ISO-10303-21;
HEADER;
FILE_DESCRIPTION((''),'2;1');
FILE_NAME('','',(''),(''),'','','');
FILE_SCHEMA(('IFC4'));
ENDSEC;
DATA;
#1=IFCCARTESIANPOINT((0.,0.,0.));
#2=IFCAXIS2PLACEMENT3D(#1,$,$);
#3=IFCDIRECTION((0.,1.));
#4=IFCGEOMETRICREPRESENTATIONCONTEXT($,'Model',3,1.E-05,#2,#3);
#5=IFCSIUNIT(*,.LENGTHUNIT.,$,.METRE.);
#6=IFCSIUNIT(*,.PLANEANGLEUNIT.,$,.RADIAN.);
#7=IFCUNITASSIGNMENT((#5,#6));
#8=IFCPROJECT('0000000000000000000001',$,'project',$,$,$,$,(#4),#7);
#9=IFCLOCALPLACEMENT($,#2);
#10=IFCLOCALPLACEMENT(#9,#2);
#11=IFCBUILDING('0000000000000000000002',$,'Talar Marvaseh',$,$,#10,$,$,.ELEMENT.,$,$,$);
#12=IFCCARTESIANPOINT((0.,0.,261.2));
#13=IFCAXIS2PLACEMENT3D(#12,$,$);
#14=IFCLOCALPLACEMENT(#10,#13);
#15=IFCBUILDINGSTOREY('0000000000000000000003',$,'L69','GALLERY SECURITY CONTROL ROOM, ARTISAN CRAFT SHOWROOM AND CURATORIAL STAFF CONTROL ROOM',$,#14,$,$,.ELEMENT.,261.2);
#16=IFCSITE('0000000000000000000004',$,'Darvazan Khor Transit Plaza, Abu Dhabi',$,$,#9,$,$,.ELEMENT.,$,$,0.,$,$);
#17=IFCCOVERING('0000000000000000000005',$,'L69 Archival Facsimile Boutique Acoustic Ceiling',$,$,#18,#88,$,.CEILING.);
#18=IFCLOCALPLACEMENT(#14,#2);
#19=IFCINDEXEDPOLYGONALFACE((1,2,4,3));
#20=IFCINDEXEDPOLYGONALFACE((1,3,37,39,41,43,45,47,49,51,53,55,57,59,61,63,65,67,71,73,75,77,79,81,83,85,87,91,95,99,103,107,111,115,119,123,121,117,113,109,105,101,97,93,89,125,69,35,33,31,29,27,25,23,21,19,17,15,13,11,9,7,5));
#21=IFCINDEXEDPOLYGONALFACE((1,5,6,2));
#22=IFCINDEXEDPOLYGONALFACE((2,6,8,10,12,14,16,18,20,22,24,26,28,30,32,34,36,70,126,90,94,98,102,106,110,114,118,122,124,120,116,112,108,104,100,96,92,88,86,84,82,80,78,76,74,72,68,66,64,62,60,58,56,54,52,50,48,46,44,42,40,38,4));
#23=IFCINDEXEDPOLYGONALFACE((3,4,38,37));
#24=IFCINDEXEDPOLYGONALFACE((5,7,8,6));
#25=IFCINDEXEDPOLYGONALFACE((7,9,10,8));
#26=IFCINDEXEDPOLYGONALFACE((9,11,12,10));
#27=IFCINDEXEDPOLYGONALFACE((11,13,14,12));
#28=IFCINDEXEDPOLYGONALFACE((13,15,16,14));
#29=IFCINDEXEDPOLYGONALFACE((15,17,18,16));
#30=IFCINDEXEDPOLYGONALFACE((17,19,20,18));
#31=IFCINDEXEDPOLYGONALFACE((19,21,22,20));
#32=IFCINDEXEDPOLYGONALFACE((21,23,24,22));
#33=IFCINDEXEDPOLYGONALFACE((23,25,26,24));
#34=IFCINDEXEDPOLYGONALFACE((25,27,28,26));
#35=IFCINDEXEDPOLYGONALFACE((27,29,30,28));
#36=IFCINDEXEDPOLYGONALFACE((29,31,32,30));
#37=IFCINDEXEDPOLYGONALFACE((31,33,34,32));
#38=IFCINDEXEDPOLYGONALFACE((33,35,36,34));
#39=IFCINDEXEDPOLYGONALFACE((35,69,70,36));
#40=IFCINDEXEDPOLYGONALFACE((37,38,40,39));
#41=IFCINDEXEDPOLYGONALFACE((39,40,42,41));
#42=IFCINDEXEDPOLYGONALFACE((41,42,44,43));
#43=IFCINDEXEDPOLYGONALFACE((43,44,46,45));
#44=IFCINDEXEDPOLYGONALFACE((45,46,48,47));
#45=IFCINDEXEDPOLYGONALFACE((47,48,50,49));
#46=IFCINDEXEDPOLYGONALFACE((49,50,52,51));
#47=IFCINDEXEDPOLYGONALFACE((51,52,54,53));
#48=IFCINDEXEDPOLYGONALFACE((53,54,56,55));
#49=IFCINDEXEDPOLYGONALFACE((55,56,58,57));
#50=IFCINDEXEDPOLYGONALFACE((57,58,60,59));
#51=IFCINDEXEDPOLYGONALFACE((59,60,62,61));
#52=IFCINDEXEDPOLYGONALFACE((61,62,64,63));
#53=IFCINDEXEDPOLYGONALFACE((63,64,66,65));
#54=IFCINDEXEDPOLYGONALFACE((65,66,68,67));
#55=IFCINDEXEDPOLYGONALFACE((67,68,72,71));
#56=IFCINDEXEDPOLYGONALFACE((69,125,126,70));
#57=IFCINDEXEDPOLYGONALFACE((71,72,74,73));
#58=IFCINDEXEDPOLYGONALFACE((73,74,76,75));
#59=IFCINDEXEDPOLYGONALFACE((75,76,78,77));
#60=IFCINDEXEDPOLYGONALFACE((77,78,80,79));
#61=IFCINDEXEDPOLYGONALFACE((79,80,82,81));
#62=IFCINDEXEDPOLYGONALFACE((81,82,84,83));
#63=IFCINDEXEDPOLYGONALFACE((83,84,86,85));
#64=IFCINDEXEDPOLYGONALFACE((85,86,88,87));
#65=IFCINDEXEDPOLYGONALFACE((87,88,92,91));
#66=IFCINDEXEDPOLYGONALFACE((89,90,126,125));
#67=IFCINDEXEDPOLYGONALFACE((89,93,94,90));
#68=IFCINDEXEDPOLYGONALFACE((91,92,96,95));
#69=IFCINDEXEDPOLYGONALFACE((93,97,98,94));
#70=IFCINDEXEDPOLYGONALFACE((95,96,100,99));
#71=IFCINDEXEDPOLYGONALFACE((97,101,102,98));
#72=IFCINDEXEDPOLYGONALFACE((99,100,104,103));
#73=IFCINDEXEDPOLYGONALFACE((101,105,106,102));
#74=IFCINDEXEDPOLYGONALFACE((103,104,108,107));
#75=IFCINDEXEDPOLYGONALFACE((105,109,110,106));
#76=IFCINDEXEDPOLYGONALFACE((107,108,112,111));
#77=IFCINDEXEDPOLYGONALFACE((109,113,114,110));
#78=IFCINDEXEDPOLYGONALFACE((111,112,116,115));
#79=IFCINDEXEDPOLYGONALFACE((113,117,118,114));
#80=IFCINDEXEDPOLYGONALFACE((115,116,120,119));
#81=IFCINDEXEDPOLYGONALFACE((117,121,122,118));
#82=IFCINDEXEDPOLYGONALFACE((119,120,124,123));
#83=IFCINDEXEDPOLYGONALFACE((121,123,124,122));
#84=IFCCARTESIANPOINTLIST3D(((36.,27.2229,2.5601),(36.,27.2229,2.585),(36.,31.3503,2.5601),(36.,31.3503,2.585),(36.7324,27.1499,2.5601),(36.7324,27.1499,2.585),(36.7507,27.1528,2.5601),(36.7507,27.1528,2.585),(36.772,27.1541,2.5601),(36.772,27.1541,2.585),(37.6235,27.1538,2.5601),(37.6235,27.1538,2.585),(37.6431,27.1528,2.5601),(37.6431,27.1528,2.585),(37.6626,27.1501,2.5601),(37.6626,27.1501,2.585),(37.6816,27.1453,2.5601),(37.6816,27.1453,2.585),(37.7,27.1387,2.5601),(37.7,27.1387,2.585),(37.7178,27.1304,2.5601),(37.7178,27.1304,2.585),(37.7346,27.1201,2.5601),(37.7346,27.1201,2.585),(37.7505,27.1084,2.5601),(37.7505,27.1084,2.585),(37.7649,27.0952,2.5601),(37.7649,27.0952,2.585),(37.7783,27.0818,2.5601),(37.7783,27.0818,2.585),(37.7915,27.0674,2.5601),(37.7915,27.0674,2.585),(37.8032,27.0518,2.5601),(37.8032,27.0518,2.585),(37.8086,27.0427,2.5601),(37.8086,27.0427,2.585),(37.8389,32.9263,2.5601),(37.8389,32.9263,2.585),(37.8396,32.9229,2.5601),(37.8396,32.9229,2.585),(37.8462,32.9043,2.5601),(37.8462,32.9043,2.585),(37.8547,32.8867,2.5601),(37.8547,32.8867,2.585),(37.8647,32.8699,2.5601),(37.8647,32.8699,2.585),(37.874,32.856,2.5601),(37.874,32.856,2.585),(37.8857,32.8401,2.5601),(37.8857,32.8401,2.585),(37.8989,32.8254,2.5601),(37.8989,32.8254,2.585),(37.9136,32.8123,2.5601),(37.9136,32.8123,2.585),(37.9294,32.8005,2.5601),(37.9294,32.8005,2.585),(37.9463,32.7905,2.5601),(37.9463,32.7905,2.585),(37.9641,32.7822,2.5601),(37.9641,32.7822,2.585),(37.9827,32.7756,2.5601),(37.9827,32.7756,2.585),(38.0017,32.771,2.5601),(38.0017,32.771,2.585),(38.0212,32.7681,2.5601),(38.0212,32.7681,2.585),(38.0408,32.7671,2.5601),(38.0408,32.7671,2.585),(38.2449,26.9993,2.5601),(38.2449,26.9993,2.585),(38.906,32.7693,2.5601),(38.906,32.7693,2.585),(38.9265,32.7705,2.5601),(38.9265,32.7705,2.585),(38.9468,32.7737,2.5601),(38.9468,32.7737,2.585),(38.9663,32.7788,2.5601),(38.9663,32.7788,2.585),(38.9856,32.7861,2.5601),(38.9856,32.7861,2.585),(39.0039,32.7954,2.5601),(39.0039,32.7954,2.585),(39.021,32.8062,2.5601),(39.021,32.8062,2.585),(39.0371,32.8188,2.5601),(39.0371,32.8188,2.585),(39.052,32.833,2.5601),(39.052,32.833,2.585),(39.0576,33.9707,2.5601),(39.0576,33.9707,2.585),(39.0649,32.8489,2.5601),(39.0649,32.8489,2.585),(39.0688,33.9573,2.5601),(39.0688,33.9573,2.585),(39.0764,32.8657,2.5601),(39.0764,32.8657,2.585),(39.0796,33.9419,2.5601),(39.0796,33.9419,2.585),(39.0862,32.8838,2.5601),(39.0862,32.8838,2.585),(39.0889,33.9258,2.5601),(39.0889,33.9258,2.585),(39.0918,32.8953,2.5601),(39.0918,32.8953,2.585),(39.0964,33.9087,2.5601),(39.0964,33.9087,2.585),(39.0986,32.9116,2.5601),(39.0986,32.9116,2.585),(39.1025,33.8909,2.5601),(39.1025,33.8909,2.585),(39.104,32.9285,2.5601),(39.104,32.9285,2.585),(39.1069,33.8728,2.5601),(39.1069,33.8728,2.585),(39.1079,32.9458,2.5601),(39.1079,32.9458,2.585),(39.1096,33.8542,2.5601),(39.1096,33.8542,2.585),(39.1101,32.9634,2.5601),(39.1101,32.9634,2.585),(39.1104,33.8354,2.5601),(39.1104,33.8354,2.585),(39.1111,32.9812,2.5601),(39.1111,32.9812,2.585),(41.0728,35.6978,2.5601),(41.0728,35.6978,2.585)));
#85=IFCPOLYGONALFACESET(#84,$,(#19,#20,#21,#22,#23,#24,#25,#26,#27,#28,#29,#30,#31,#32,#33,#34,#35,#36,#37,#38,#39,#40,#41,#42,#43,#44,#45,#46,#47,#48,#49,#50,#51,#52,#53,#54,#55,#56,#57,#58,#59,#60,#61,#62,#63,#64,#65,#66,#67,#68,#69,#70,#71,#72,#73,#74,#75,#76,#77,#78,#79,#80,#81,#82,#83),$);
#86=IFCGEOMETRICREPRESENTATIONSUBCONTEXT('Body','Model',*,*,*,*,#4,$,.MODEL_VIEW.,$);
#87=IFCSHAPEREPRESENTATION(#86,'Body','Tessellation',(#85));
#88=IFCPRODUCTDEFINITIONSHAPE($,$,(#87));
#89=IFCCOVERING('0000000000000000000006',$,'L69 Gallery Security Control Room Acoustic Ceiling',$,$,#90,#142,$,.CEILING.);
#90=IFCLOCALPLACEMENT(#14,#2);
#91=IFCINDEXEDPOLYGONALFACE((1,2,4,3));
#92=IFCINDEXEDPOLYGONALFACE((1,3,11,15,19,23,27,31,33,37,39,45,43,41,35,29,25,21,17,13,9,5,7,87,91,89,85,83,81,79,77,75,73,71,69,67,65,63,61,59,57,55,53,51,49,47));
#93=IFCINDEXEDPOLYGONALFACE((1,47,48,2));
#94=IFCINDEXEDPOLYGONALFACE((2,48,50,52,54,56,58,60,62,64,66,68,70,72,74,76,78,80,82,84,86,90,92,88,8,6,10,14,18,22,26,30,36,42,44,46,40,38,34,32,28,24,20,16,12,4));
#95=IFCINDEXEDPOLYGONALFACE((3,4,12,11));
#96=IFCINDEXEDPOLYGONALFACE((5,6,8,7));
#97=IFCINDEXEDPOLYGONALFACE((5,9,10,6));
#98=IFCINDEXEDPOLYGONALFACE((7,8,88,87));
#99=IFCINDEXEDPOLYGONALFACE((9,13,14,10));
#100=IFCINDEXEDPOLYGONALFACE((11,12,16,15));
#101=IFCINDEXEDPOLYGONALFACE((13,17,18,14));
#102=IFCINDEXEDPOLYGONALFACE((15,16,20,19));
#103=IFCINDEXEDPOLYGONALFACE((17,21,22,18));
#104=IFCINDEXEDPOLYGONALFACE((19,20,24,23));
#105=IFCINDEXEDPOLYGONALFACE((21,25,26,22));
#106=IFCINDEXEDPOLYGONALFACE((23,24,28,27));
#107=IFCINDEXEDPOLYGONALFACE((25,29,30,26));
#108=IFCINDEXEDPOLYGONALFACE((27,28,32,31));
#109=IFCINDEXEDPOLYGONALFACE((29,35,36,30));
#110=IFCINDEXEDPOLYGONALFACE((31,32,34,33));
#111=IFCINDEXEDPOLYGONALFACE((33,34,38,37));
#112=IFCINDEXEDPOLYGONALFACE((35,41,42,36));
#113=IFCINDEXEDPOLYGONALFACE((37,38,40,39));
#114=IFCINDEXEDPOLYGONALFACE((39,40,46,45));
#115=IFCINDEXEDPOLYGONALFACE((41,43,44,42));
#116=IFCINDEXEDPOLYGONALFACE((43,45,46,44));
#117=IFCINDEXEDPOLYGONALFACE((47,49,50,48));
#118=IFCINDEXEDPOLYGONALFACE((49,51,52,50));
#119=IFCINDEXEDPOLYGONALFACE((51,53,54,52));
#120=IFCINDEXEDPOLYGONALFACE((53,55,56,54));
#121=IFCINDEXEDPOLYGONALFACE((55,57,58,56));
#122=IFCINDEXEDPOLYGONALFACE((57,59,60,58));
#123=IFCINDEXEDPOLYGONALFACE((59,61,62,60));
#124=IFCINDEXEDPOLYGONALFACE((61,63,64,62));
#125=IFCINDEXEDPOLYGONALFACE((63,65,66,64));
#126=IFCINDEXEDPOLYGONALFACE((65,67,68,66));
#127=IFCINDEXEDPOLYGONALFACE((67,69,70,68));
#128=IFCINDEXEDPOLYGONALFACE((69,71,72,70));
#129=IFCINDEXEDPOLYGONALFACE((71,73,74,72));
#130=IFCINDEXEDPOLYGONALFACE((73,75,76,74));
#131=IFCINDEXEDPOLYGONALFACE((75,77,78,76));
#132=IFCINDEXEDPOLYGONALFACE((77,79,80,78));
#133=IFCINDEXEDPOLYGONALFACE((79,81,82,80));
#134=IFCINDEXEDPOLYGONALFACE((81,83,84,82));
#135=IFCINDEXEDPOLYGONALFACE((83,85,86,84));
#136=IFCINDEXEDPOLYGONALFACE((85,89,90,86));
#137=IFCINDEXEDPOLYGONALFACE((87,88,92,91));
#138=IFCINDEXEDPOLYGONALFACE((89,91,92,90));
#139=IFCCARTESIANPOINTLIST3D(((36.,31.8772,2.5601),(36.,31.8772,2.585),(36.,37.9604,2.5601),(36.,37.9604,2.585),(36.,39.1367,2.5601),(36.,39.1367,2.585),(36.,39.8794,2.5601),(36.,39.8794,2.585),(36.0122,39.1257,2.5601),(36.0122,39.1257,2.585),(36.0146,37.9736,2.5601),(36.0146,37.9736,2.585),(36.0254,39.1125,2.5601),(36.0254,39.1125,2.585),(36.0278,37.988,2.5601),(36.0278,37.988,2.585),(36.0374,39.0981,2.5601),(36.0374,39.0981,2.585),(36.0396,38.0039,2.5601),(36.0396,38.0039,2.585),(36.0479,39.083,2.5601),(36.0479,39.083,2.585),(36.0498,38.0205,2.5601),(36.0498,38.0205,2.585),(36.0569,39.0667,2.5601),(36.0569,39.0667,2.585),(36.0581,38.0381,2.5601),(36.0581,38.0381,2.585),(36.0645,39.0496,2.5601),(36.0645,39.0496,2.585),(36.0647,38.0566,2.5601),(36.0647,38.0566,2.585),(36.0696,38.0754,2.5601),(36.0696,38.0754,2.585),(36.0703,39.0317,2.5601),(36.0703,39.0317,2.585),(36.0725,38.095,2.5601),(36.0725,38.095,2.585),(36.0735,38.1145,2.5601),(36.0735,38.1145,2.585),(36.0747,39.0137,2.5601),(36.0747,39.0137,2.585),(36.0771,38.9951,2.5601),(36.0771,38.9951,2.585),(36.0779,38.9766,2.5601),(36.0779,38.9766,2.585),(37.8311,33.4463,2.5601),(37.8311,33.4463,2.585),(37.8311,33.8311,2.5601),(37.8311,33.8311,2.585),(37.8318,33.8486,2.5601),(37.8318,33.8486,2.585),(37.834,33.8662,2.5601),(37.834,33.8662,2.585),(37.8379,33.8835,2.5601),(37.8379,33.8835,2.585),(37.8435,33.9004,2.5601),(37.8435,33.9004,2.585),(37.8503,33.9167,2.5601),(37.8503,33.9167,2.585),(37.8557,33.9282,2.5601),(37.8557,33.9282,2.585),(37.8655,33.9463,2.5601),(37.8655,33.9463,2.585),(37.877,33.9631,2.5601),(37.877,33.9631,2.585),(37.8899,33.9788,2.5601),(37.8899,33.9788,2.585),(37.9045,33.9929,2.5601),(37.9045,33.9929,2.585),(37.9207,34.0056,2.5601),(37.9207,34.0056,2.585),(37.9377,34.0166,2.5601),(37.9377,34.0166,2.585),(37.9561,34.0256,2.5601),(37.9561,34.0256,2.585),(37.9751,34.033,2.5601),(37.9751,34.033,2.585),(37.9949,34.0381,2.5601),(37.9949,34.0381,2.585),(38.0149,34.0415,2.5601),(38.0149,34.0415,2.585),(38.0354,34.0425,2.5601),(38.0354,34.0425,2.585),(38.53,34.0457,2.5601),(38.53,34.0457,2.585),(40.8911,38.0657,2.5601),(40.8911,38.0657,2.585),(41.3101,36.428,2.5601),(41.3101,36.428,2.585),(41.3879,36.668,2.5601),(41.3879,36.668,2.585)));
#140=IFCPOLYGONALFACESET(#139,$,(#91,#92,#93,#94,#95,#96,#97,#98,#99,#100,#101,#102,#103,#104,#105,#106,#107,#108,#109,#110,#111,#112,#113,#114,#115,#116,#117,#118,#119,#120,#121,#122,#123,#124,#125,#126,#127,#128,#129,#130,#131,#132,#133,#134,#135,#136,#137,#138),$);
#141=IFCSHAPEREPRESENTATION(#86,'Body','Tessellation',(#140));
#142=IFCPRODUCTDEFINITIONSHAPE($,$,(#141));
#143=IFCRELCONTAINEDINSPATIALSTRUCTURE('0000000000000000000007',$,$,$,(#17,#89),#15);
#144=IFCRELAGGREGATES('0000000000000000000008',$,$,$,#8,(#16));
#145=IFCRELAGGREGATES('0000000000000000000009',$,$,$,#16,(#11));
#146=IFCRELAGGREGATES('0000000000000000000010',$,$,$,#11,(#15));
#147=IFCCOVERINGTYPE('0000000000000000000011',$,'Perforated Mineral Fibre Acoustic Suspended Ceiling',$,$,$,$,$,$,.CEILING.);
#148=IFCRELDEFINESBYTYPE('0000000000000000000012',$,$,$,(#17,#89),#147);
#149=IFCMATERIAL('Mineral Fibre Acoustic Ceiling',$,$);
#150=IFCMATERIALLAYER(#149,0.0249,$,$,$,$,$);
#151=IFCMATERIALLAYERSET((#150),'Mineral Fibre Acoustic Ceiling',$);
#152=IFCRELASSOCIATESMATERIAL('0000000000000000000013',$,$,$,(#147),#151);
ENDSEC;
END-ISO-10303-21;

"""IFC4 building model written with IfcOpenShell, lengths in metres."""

from ifc_helpers import new_model, si_unit, direction, frame, origin, place, context, subcontext, project, spatial, polyline, outline, extrude, material, layer, layer_set, type_object, element, save


model = new_model("IFC4")

# Units and contexts
model_context = context("Model", 3, precision=1e-05, world=origin(), true_north=direction((0.0, 1.0)))
body_context = subcontext(model_context, "Body", "Model", "MODEL_VIEW")
ifc_project = project(units=[si_unit("LENGTHUNIT", "METRE"), si_unit("PLANEANGLEUNIT", "RADIAN")], contexts=[model_context])

# Site, building, storey
site_placement = place(None, origin())
site = spatial("IfcSite", under=ifc_project, at=site_placement, Name="Darvazan Khor Transit Plaza, Abu Dhabi", CompositionType="ELEMENT", RefElevation=0.0)
building_placement = place(site_placement, origin())
building = spatial("IfcBuilding", under=site, at=building_placement, Name="Talar Marvaseh", CompositionType="ELEMENT")
storey_placement = place(building_placement, frame((0.0, 0.0, 261.2)))
storey = spatial("IfcBuildingStorey", under=building, at=storey_placement, Name="L69", Description="GALLERY SECURITY CONTROL ROOM, ARTISAN CRAFT SHOWROOM AND CURATORIAL STAFF CONTROL ROOM", CompositionType="ELEMENT", Elevation=261.2)

# Coverings
ifc_material_1 = material(Name="Mineral Fibre Acoustic Ceiling")
ifc_layer_1 = layer(ifc_material_1, 0.0249)
ifc_layer_set_1 = layer_set([ifc_layer_1], Name="Mineral Fibre Acoustic Ceiling")
covering_type_1 = type_object("IfcCoveringType", Name="Perforated Mineral Fibre Acoustic Suspended Ceiling", PredefinedType="CEILING", material=ifc_layer_set_1)
covering_1_placement = place(storey_placement, frame((0.0, 0.0, 2.5601)))
element("IfcCovering", 1, at=covering_1_placement, inside=storey, type_object=covering_type_1, Name="L69 Archival Facsimile Boutique Acoustic Ceiling", PredefinedType="CEILING", context=body_context, shape_type="SweptSolid", body=[
    extrude(outline(polyline([(36.0, 31.3503), (37.8389, 32.9263), (37.8396, 32.9229), (37.8462, 32.9043), (37.8547, 32.8867), (37.8647, 32.8699), (37.874, 32.856), (37.8857, 32.8401), (37.8989, 32.8254), (37.9136, 32.8123), (37.9294, 32.8005), (37.9463, 32.7905), (37.9641, 32.7822), (37.9827, 32.7756), (38.0017, 32.771), (38.0212, 32.7681), (38.0408, 32.7671), (38.906, 32.7693), (38.9265, 32.7705), (38.9468, 32.7737), (38.9663, 32.7788), (38.9856, 32.7861), (39.0039, 32.7954), (39.021, 32.8062), (39.0371, 32.8188), (39.052, 32.833), (39.0649, 32.8489), (39.0764, 32.8657), (39.0862, 32.8838), (39.0918, 32.8953), (39.0986, 32.9116), (39.104, 32.9285), (39.1079, 32.9458), (39.1101, 32.9634), (39.1111, 32.9812), (39.1104, 33.8354), (39.1096, 33.8542), (39.1069, 33.8728), (39.1025, 33.8909), (39.0964, 33.9087), (39.0889, 33.9258), (39.0796, 33.9419), (39.0688, 33.9573), (39.0576, 33.9707), (41.0728, 35.6978), (38.2449, 26.9993), (37.8086, 27.0427), (37.8032, 27.0518), (37.7915, 27.0674), (37.7783, 27.0818), (37.7649, 27.0952), (37.7505, 27.1084), (37.7346, 27.1201), (37.7178, 27.1304), (37.7, 27.1387), (37.6816, 27.1453), (37.6626, 27.1501), (37.6431, 27.1528), (37.6235, 27.1538), (36.772, 27.1541), (36.7507, 27.1528), (36.7324, 27.1499), (36.0, 27.2229), (36.0, 31.3503)])), origin(), (0.0, 0.0, 1.0), 0.0249),
])
covering_2_placement = place(storey_placement, frame((0.0, 0.0, 2.5601)))
element("IfcCovering", 2, at=covering_2_placement, inside=storey, type_object=covering_type_1, Name="L69 Gallery Security Control Room Acoustic Ceiling", PredefinedType="CEILING", context=body_context, shape_type="SweptSolid", body=[
    extrude(outline(polyline([(41.3879, 36.668), (41.3101, 36.428), (38.53, 34.0457), (38.0354, 34.0425), (38.0149, 34.0415), (37.9949, 34.0381), (37.9751, 34.033), (37.9561, 34.0256), (37.9377, 34.0166), (37.9207, 34.0056), (37.9045, 33.9929), (37.8899, 33.9788), (37.877, 33.9631), (37.8655, 33.9463), (37.8557, 33.9282), (37.8503, 33.9167), (37.8435, 33.9004), (37.8379, 33.8835), (37.834, 33.8662), (37.8318, 33.8486), (37.8311, 33.8311), (37.8311, 33.4463), (36.0, 31.8772), (36.0, 37.9604), (36.0, 37.9604), (36.0146, 37.9736), (36.0278, 37.988), (36.0396, 38.0039), (36.0498, 38.0205), (36.0581, 38.0381), (36.0647, 38.0566), (36.0696, 38.0754), (36.0725, 38.095), (36.0735, 38.1145), (36.0779, 38.9766), (36.0771, 38.9951), (36.0747, 39.0137), (36.0703, 39.0317), (36.0645, 39.0496), (36.0569, 39.0667), (36.0479, 39.083), (36.0374, 39.0981), (36.0254, 39.1125), (36.0122, 39.1257), (36.0, 39.1367), (36.0, 39.8794), (40.8911, 38.0657), (41.3879, 36.668)])), origin(), (0.0, 0.0, 1.0), 0.0249),
])

save(model, "model.ifc")
